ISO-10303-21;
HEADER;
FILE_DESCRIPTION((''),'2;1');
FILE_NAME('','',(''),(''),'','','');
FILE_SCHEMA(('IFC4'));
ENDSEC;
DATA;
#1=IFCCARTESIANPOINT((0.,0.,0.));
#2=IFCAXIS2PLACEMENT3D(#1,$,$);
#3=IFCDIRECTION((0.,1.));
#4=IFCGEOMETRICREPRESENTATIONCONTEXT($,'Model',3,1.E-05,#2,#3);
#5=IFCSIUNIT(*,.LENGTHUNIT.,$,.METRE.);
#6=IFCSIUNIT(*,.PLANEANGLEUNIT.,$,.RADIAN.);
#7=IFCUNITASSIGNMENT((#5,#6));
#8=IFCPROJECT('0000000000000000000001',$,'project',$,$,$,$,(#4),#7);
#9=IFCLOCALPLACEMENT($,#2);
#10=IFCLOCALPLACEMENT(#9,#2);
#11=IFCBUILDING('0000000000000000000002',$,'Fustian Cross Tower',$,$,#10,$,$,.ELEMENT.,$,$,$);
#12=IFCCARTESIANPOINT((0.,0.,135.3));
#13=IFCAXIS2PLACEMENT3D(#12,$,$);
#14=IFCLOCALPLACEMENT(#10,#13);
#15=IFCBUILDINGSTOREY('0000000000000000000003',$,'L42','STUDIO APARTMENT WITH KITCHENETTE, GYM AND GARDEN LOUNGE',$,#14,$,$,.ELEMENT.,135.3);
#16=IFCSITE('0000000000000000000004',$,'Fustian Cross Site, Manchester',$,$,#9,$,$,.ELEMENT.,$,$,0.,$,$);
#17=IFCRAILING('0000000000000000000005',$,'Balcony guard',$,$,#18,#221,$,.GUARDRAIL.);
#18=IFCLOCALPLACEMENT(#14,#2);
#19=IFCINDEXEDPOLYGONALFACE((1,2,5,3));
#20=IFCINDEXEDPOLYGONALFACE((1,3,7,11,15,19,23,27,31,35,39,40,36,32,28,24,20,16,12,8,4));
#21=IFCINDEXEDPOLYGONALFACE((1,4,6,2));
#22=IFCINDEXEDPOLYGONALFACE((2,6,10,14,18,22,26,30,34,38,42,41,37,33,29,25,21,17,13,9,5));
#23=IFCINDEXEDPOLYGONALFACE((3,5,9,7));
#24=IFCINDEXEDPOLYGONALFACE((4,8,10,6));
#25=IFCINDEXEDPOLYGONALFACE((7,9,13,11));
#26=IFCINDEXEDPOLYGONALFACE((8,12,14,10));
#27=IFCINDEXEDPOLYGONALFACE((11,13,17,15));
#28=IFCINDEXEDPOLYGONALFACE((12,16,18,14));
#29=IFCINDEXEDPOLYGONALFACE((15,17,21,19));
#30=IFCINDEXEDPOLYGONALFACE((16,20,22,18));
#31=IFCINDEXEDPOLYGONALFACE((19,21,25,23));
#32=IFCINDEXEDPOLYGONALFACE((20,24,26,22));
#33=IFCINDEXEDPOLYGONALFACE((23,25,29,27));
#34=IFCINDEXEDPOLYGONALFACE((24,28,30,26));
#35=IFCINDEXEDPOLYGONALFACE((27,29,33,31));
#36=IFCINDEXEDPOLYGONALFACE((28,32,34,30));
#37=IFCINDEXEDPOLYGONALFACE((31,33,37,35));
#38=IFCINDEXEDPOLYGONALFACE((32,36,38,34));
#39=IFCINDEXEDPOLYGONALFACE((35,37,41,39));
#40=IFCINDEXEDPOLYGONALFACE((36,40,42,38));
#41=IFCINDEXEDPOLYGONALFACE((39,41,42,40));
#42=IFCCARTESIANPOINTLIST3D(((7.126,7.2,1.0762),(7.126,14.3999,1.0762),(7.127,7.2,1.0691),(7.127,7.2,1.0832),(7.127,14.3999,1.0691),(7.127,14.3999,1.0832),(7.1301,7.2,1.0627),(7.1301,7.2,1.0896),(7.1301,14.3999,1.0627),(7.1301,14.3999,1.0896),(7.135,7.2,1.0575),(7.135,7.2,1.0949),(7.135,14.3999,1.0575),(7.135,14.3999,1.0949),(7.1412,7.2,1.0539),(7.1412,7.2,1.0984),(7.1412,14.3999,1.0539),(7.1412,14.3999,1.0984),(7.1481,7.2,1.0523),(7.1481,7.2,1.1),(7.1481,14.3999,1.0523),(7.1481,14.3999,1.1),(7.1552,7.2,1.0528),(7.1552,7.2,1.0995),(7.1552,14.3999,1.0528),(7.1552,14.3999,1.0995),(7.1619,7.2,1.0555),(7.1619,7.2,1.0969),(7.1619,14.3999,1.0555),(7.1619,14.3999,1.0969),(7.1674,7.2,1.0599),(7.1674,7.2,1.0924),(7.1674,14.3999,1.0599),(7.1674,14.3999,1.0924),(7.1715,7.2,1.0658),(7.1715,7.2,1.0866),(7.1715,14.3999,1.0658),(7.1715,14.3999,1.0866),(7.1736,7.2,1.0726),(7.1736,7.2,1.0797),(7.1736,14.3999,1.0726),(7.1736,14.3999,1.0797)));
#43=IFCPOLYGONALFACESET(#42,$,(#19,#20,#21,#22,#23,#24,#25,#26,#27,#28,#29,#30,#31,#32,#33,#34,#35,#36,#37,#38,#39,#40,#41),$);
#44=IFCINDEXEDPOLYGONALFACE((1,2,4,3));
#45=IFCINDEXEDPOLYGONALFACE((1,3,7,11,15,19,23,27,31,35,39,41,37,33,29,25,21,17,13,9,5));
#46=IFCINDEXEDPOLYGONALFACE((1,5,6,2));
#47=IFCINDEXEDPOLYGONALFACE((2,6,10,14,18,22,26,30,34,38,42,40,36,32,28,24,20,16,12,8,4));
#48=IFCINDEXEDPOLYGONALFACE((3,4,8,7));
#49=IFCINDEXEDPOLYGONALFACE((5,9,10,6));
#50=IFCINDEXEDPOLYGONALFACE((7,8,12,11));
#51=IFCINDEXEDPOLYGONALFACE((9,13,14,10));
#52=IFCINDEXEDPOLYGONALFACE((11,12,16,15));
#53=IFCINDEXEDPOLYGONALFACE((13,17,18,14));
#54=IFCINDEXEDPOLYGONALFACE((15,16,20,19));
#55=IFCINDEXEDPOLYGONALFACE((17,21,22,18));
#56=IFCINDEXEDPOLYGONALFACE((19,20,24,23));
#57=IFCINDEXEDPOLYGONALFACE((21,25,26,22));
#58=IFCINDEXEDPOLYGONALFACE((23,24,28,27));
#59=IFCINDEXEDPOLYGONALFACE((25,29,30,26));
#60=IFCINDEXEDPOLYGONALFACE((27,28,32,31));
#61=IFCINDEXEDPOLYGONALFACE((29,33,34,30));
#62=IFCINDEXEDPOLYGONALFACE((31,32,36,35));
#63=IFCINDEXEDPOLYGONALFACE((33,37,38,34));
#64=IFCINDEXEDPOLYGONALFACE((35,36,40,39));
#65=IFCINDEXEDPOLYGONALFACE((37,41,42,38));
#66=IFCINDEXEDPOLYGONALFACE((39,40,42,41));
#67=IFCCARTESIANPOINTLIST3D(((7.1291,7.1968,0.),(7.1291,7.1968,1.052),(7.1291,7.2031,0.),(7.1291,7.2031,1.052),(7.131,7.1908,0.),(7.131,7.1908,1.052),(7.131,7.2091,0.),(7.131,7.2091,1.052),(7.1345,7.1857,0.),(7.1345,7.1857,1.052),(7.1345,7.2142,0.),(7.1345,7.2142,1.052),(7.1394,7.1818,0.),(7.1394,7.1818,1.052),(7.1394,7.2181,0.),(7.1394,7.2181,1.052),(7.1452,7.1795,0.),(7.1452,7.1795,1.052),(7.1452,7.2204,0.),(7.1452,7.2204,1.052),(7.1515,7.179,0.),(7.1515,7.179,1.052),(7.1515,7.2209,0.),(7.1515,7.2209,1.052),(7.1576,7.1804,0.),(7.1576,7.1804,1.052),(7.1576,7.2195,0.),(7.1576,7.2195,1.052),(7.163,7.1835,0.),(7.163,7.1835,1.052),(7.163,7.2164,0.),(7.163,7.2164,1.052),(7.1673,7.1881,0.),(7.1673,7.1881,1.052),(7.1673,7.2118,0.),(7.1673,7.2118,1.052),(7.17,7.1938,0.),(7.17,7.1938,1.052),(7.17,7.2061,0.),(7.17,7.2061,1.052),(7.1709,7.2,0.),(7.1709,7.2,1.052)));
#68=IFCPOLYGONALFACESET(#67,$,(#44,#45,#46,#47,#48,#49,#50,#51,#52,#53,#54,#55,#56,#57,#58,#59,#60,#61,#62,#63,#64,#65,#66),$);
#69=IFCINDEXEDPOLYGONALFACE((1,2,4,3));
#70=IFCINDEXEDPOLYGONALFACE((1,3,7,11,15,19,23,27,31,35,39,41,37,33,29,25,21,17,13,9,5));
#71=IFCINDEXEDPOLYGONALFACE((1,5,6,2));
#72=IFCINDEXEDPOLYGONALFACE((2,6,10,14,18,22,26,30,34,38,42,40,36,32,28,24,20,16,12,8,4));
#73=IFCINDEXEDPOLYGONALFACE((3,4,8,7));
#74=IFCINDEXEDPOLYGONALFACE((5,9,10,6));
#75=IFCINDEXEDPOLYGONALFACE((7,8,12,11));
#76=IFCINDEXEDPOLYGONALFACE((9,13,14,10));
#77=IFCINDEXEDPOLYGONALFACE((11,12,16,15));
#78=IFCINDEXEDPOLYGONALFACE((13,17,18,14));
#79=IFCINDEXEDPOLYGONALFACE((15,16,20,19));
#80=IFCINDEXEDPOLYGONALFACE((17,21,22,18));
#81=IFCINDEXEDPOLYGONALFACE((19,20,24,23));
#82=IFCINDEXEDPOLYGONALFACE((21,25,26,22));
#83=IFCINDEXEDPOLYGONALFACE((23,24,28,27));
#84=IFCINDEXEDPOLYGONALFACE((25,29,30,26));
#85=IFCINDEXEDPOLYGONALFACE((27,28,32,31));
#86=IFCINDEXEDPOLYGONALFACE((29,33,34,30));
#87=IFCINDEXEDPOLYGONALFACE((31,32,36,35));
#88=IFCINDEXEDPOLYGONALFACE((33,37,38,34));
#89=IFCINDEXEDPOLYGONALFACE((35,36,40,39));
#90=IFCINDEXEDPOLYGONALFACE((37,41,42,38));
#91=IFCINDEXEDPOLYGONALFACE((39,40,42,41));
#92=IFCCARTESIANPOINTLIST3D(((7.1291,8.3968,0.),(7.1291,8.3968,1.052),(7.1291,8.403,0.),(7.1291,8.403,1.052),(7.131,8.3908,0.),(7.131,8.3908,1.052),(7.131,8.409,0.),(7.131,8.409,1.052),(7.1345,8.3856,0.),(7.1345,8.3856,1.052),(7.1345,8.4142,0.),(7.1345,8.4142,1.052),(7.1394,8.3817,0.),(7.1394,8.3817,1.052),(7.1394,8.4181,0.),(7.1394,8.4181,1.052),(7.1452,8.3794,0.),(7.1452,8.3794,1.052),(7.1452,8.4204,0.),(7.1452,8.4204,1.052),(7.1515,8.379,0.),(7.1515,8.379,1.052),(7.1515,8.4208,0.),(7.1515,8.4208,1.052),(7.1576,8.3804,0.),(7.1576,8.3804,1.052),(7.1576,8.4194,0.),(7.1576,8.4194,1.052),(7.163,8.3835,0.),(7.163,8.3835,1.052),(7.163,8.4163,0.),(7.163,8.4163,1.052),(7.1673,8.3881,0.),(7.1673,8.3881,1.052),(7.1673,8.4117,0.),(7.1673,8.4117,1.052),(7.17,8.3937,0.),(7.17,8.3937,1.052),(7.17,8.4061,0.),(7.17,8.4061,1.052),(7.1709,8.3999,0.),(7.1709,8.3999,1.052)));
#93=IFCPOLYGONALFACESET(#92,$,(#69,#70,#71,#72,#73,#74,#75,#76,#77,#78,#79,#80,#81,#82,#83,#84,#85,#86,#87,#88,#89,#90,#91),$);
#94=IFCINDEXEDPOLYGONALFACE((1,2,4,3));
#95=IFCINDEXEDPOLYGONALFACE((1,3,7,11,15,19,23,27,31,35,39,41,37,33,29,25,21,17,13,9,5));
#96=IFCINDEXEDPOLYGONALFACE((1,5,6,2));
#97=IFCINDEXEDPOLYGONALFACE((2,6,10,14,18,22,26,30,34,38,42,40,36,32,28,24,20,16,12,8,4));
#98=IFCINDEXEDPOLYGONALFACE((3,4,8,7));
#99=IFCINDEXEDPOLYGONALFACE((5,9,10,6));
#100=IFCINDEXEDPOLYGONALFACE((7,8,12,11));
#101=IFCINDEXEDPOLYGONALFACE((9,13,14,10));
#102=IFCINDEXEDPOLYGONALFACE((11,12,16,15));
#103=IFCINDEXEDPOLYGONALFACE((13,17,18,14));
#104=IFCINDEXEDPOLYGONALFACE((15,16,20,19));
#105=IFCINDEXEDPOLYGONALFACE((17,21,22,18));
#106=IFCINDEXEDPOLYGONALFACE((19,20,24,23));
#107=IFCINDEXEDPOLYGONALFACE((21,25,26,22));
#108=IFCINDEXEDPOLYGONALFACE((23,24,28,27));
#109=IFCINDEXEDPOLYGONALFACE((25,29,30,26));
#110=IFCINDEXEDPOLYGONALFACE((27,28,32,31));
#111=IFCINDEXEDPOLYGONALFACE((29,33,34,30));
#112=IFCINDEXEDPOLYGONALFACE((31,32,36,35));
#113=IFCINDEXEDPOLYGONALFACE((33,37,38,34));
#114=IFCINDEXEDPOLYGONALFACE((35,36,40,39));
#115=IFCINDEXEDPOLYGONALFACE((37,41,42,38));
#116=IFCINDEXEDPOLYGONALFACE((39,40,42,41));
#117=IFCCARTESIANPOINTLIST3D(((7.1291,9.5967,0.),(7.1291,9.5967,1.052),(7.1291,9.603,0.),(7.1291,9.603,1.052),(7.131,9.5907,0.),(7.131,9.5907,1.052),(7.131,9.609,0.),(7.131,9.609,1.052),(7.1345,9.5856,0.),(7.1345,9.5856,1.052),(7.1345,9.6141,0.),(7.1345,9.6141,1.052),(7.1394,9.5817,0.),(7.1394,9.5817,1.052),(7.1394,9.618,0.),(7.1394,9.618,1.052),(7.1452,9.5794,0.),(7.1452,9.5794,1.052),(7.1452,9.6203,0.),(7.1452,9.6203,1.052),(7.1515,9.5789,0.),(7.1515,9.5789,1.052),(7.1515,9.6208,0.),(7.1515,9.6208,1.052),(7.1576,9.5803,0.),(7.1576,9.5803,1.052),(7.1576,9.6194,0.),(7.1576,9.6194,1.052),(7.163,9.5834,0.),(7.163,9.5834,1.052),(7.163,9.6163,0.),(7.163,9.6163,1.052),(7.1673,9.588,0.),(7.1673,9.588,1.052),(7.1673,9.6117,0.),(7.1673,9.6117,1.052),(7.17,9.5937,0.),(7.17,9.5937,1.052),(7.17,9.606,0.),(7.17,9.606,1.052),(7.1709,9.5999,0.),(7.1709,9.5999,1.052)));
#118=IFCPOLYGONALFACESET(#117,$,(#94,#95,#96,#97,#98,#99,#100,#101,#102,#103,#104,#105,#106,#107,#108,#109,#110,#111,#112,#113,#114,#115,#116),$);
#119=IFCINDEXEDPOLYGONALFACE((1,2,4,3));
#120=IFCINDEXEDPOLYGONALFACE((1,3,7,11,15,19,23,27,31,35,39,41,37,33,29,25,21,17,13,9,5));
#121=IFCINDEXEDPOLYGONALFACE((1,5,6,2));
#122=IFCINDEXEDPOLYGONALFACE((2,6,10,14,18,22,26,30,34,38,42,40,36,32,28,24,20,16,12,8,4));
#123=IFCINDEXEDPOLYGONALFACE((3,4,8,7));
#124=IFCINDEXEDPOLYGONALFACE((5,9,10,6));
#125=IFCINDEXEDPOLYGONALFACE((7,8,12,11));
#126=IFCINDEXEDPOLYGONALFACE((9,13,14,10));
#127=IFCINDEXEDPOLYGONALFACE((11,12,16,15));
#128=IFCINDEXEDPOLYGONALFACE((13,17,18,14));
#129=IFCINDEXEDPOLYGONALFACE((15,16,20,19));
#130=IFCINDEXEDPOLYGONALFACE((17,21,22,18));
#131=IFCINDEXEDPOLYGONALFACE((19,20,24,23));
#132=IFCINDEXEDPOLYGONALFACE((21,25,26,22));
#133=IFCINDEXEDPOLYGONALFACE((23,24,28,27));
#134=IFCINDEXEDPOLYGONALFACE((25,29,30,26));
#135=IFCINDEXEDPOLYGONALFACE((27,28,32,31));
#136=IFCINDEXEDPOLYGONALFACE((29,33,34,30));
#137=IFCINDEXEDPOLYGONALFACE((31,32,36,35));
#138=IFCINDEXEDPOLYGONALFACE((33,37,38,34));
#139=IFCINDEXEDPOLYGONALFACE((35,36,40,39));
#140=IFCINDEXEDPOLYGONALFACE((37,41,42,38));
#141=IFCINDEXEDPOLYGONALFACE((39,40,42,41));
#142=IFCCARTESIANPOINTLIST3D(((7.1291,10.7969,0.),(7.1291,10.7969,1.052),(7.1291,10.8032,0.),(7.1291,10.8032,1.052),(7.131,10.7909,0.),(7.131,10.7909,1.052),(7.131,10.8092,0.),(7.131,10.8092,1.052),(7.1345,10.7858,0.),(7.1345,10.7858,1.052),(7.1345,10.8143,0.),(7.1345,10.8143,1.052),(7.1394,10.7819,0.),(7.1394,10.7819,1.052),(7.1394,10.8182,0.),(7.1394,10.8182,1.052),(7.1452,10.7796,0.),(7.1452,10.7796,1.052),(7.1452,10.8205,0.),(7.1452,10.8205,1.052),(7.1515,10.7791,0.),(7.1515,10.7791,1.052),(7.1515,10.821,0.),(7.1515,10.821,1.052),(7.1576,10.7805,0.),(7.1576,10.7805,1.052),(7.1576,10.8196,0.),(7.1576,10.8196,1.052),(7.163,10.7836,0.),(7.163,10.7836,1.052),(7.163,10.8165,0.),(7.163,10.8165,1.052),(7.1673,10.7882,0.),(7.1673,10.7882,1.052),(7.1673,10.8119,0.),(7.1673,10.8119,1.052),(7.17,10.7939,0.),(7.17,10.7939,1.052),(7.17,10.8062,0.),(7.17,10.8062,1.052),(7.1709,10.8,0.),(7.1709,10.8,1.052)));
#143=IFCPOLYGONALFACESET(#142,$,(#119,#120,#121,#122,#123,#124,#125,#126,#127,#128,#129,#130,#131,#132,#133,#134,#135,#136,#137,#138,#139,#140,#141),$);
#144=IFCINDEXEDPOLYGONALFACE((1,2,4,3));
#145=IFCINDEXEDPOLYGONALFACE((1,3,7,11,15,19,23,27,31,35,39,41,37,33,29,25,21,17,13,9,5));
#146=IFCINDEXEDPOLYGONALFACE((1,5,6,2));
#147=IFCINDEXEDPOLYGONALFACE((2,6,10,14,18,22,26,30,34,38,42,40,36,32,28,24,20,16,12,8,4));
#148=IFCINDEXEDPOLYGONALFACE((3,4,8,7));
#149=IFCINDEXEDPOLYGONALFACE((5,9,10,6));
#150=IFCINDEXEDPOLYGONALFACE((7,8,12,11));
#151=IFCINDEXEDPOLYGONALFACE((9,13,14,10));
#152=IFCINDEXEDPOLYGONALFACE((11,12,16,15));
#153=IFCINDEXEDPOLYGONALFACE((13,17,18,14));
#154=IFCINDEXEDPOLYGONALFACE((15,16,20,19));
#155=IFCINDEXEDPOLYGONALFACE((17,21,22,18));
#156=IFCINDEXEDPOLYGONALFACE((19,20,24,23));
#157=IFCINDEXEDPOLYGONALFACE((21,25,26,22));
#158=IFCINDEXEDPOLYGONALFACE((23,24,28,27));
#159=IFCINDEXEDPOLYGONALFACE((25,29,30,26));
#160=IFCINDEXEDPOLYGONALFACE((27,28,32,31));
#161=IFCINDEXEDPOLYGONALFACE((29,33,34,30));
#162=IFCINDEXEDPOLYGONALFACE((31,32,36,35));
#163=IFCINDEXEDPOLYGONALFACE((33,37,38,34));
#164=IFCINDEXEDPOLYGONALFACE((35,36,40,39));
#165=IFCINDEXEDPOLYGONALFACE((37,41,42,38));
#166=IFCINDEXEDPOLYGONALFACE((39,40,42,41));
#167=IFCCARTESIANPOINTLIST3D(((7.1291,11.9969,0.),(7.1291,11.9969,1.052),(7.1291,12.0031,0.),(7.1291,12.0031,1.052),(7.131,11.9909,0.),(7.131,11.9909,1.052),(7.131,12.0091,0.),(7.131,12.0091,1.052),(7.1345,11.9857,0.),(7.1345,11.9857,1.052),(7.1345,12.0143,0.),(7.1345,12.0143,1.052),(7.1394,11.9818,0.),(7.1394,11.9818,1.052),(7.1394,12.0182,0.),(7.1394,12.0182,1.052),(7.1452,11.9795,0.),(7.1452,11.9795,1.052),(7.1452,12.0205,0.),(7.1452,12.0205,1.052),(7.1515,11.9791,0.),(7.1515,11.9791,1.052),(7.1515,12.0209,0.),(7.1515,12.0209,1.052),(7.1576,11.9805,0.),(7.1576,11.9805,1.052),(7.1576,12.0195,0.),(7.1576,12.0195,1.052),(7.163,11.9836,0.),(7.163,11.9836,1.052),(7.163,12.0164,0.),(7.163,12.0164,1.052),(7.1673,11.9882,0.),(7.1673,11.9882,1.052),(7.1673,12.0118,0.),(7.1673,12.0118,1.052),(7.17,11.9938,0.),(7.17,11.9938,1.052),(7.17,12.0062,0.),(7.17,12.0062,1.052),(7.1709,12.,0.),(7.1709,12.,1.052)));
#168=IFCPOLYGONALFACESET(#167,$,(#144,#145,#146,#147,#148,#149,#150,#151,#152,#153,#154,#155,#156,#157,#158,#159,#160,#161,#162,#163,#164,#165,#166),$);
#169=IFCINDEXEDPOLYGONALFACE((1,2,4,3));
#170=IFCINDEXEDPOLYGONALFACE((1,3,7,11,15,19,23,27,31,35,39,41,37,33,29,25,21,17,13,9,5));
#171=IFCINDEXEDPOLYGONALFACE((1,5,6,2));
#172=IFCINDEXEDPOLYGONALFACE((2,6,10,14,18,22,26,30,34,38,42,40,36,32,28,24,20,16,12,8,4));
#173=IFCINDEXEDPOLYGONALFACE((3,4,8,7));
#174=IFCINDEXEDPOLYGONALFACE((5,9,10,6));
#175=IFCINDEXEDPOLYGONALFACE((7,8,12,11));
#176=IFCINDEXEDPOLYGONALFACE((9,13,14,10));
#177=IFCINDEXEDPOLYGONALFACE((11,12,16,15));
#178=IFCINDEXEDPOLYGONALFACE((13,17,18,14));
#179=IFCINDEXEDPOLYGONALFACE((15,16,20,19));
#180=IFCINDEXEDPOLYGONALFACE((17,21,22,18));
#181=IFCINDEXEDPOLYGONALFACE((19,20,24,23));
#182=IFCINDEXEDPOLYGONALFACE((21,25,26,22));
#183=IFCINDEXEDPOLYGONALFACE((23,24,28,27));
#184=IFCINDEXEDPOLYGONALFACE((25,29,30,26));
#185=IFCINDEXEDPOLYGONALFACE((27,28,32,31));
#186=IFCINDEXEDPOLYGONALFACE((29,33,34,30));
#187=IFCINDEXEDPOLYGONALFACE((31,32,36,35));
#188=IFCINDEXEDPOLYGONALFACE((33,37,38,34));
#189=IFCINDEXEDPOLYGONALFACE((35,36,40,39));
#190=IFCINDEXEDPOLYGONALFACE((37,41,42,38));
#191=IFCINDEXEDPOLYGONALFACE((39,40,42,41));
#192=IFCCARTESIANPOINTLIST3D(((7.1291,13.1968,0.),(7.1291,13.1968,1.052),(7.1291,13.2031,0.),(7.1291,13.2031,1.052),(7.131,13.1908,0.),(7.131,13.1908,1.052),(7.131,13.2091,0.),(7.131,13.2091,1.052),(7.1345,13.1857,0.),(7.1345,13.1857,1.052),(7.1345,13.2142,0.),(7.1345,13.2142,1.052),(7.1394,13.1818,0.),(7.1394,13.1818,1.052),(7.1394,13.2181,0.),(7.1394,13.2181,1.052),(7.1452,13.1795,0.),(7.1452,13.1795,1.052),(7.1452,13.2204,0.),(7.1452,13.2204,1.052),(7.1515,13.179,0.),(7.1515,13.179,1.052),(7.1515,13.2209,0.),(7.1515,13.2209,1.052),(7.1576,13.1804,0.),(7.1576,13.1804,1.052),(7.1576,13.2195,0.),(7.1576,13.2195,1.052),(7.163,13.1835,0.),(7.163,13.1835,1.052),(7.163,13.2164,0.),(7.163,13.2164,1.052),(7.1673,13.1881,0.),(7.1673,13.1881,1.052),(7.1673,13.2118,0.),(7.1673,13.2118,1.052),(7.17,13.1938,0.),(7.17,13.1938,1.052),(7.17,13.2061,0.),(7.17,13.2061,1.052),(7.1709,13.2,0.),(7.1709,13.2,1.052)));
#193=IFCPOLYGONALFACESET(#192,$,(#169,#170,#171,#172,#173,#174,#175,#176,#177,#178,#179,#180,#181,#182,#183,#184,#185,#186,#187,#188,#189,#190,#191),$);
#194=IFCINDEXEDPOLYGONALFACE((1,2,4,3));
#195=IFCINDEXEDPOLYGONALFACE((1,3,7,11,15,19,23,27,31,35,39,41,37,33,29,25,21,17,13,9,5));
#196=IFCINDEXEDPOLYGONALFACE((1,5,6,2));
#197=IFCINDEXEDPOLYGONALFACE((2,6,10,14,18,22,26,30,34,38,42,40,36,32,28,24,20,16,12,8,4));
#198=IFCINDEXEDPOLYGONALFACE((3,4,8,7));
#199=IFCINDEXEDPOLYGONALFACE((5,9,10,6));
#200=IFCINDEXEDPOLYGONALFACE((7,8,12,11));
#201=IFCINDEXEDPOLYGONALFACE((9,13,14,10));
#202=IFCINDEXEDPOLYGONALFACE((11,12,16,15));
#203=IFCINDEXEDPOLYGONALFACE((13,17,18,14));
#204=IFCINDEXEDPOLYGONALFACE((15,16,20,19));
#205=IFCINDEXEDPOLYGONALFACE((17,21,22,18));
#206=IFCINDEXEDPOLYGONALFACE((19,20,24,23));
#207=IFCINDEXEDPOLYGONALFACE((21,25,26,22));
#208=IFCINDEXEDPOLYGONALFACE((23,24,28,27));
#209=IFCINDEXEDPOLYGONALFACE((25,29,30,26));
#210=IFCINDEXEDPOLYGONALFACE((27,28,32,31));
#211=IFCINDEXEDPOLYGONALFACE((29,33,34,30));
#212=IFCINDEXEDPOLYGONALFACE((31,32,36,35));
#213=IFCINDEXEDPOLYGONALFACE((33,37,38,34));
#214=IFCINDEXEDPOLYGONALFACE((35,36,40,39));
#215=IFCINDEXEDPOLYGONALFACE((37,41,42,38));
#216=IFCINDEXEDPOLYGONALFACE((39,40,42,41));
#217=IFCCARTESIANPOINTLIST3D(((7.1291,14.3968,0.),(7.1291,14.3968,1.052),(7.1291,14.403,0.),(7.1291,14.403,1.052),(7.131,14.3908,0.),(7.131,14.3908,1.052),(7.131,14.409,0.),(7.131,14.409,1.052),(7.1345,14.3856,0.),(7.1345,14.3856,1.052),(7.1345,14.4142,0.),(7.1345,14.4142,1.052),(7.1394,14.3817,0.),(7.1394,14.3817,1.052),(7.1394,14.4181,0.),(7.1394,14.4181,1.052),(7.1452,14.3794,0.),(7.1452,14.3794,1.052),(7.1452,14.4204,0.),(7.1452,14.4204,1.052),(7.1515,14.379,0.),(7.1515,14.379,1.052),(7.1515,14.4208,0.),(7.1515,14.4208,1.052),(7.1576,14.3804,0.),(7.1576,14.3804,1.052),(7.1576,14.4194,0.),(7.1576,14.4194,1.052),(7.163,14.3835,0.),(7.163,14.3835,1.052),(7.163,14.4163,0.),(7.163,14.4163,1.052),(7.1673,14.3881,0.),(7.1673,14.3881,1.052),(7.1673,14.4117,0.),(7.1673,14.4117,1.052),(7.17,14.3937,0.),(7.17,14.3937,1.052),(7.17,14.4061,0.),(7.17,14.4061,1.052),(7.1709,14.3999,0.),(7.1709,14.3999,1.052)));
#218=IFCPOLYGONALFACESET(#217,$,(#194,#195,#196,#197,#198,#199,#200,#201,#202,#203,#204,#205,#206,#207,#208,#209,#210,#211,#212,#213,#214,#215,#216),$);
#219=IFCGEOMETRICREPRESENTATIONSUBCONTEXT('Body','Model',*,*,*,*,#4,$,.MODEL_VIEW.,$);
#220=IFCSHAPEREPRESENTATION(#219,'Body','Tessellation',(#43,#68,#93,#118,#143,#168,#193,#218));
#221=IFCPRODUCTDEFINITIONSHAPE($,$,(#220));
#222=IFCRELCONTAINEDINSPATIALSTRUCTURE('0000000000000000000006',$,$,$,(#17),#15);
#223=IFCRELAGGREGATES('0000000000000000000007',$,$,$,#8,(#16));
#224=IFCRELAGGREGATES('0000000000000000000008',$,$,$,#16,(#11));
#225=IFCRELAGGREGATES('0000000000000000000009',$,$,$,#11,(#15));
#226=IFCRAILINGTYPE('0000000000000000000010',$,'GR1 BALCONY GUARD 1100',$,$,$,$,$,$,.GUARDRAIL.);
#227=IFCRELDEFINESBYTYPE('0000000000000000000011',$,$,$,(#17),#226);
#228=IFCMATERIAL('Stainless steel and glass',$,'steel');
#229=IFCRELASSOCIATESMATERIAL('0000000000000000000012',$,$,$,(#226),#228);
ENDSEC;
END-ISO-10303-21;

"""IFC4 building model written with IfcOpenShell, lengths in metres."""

from ifc_helpers import new_model, si_unit, direction, frame, origin, origin_2d, place, context, subcontext, project, spatial, circle, extrude, material, type_object, element, save


model = new_model("IFC4")

# Units and contexts
model_context = context("Model", 3, precision=1e-05, world=origin(), true_north=direction((0.0, 1.0)))
body_context = subcontext(model_context, "Body", "Model", "MODEL_VIEW")
ifc_project = project(units=[si_unit("LENGTHUNIT", "METRE"), si_unit("PLANEANGLEUNIT", "RADIAN")], contexts=[model_context])

# Site, building, storey
site_placement = place(None, origin())
site = spatial("IfcSite", under=ifc_project, at=site_placement, Name="Fustian Cross Site, Manchester", CompositionType="ELEMENT", RefElevation=0.0)
building_placement = place(site_placement, origin())
building = spatial("IfcBuilding", under=site, at=building_placement, Name="Fustian Cross Tower", CompositionType="ELEMENT")
storey_placement = place(building_placement, frame((0.0, 0.0, 135.3)))
storey = spatial("IfcBuildingStorey", under=building, at=storey_placement, Name="L42", Description="STUDIO APARTMENT WITH KITCHENETTE, GYM AND GARDEN LOUNGE", CompositionType="ELEMENT", Elevation=135.3)

# Railing
ifc_material_1 = material(Name="Stainless steel and glass", Category="steel")
railing_type = type_object("IfcRailingType", Name="GR1 BALCONY GUARD 1100", PredefinedType="GUARDRAIL", material=ifc_material_1)
railing_placement = place(storey_placement, frame((7.1499, 7.2, 0.0)))
element("IfcRailing", 1, at=railing_placement, inside=storey, type_object=railing_type, Name="Balcony guard", PredefinedType="GUARDRAIL", context=body_context, shape_type="SweptSolid", body=[
    extrude(circle(Radius=0.0239, at=origin_2d()), frame((0.0, 0.0, 1.0762), z_axis=(0.0, 1.0, 0.0), x_axis=(-1.0, 0.0, 0.0)), (0.0, 0.0, 1.0), 7.2),
    extrude(circle(Radius=0.021, at=origin_2d()), origin(), (0.0, 0.0, 1.0), 1.052),
    extrude(circle(Radius=0.021, at=origin_2d()), frame((0.0, 1.2, 0.0)), (0.0, 0.0, 1.0), 1.052),
    extrude(circle(Radius=0.021, at=origin_2d()), frame((0.0, 2.3999, 0.0)), (0.0, 0.0, 1.0), 1.052),
    extrude(circle(Radius=0.021, at=origin_2d()), frame((0.0, 3.6001, 0.0)), (0.0, 0.0, 1.0), 1.052),
    extrude(circle(Radius=0.021, at=origin_2d()), frame((0.0, 4.8, 0.0)), (0.0, 0.0, 1.0), 1.052),
    extrude(circle(Radius=0.021, at=origin_2d()), frame((0.0, 6.0, 0.0)), (0.0, 0.0, 1.0), 1.052),
    extrude(circle(Radius=0.021, at=origin_2d()), frame((0.0, 7.2, 0.0)), (0.0, 0.0, 1.0), 1.052),
])

save(model, "model.ifc")
